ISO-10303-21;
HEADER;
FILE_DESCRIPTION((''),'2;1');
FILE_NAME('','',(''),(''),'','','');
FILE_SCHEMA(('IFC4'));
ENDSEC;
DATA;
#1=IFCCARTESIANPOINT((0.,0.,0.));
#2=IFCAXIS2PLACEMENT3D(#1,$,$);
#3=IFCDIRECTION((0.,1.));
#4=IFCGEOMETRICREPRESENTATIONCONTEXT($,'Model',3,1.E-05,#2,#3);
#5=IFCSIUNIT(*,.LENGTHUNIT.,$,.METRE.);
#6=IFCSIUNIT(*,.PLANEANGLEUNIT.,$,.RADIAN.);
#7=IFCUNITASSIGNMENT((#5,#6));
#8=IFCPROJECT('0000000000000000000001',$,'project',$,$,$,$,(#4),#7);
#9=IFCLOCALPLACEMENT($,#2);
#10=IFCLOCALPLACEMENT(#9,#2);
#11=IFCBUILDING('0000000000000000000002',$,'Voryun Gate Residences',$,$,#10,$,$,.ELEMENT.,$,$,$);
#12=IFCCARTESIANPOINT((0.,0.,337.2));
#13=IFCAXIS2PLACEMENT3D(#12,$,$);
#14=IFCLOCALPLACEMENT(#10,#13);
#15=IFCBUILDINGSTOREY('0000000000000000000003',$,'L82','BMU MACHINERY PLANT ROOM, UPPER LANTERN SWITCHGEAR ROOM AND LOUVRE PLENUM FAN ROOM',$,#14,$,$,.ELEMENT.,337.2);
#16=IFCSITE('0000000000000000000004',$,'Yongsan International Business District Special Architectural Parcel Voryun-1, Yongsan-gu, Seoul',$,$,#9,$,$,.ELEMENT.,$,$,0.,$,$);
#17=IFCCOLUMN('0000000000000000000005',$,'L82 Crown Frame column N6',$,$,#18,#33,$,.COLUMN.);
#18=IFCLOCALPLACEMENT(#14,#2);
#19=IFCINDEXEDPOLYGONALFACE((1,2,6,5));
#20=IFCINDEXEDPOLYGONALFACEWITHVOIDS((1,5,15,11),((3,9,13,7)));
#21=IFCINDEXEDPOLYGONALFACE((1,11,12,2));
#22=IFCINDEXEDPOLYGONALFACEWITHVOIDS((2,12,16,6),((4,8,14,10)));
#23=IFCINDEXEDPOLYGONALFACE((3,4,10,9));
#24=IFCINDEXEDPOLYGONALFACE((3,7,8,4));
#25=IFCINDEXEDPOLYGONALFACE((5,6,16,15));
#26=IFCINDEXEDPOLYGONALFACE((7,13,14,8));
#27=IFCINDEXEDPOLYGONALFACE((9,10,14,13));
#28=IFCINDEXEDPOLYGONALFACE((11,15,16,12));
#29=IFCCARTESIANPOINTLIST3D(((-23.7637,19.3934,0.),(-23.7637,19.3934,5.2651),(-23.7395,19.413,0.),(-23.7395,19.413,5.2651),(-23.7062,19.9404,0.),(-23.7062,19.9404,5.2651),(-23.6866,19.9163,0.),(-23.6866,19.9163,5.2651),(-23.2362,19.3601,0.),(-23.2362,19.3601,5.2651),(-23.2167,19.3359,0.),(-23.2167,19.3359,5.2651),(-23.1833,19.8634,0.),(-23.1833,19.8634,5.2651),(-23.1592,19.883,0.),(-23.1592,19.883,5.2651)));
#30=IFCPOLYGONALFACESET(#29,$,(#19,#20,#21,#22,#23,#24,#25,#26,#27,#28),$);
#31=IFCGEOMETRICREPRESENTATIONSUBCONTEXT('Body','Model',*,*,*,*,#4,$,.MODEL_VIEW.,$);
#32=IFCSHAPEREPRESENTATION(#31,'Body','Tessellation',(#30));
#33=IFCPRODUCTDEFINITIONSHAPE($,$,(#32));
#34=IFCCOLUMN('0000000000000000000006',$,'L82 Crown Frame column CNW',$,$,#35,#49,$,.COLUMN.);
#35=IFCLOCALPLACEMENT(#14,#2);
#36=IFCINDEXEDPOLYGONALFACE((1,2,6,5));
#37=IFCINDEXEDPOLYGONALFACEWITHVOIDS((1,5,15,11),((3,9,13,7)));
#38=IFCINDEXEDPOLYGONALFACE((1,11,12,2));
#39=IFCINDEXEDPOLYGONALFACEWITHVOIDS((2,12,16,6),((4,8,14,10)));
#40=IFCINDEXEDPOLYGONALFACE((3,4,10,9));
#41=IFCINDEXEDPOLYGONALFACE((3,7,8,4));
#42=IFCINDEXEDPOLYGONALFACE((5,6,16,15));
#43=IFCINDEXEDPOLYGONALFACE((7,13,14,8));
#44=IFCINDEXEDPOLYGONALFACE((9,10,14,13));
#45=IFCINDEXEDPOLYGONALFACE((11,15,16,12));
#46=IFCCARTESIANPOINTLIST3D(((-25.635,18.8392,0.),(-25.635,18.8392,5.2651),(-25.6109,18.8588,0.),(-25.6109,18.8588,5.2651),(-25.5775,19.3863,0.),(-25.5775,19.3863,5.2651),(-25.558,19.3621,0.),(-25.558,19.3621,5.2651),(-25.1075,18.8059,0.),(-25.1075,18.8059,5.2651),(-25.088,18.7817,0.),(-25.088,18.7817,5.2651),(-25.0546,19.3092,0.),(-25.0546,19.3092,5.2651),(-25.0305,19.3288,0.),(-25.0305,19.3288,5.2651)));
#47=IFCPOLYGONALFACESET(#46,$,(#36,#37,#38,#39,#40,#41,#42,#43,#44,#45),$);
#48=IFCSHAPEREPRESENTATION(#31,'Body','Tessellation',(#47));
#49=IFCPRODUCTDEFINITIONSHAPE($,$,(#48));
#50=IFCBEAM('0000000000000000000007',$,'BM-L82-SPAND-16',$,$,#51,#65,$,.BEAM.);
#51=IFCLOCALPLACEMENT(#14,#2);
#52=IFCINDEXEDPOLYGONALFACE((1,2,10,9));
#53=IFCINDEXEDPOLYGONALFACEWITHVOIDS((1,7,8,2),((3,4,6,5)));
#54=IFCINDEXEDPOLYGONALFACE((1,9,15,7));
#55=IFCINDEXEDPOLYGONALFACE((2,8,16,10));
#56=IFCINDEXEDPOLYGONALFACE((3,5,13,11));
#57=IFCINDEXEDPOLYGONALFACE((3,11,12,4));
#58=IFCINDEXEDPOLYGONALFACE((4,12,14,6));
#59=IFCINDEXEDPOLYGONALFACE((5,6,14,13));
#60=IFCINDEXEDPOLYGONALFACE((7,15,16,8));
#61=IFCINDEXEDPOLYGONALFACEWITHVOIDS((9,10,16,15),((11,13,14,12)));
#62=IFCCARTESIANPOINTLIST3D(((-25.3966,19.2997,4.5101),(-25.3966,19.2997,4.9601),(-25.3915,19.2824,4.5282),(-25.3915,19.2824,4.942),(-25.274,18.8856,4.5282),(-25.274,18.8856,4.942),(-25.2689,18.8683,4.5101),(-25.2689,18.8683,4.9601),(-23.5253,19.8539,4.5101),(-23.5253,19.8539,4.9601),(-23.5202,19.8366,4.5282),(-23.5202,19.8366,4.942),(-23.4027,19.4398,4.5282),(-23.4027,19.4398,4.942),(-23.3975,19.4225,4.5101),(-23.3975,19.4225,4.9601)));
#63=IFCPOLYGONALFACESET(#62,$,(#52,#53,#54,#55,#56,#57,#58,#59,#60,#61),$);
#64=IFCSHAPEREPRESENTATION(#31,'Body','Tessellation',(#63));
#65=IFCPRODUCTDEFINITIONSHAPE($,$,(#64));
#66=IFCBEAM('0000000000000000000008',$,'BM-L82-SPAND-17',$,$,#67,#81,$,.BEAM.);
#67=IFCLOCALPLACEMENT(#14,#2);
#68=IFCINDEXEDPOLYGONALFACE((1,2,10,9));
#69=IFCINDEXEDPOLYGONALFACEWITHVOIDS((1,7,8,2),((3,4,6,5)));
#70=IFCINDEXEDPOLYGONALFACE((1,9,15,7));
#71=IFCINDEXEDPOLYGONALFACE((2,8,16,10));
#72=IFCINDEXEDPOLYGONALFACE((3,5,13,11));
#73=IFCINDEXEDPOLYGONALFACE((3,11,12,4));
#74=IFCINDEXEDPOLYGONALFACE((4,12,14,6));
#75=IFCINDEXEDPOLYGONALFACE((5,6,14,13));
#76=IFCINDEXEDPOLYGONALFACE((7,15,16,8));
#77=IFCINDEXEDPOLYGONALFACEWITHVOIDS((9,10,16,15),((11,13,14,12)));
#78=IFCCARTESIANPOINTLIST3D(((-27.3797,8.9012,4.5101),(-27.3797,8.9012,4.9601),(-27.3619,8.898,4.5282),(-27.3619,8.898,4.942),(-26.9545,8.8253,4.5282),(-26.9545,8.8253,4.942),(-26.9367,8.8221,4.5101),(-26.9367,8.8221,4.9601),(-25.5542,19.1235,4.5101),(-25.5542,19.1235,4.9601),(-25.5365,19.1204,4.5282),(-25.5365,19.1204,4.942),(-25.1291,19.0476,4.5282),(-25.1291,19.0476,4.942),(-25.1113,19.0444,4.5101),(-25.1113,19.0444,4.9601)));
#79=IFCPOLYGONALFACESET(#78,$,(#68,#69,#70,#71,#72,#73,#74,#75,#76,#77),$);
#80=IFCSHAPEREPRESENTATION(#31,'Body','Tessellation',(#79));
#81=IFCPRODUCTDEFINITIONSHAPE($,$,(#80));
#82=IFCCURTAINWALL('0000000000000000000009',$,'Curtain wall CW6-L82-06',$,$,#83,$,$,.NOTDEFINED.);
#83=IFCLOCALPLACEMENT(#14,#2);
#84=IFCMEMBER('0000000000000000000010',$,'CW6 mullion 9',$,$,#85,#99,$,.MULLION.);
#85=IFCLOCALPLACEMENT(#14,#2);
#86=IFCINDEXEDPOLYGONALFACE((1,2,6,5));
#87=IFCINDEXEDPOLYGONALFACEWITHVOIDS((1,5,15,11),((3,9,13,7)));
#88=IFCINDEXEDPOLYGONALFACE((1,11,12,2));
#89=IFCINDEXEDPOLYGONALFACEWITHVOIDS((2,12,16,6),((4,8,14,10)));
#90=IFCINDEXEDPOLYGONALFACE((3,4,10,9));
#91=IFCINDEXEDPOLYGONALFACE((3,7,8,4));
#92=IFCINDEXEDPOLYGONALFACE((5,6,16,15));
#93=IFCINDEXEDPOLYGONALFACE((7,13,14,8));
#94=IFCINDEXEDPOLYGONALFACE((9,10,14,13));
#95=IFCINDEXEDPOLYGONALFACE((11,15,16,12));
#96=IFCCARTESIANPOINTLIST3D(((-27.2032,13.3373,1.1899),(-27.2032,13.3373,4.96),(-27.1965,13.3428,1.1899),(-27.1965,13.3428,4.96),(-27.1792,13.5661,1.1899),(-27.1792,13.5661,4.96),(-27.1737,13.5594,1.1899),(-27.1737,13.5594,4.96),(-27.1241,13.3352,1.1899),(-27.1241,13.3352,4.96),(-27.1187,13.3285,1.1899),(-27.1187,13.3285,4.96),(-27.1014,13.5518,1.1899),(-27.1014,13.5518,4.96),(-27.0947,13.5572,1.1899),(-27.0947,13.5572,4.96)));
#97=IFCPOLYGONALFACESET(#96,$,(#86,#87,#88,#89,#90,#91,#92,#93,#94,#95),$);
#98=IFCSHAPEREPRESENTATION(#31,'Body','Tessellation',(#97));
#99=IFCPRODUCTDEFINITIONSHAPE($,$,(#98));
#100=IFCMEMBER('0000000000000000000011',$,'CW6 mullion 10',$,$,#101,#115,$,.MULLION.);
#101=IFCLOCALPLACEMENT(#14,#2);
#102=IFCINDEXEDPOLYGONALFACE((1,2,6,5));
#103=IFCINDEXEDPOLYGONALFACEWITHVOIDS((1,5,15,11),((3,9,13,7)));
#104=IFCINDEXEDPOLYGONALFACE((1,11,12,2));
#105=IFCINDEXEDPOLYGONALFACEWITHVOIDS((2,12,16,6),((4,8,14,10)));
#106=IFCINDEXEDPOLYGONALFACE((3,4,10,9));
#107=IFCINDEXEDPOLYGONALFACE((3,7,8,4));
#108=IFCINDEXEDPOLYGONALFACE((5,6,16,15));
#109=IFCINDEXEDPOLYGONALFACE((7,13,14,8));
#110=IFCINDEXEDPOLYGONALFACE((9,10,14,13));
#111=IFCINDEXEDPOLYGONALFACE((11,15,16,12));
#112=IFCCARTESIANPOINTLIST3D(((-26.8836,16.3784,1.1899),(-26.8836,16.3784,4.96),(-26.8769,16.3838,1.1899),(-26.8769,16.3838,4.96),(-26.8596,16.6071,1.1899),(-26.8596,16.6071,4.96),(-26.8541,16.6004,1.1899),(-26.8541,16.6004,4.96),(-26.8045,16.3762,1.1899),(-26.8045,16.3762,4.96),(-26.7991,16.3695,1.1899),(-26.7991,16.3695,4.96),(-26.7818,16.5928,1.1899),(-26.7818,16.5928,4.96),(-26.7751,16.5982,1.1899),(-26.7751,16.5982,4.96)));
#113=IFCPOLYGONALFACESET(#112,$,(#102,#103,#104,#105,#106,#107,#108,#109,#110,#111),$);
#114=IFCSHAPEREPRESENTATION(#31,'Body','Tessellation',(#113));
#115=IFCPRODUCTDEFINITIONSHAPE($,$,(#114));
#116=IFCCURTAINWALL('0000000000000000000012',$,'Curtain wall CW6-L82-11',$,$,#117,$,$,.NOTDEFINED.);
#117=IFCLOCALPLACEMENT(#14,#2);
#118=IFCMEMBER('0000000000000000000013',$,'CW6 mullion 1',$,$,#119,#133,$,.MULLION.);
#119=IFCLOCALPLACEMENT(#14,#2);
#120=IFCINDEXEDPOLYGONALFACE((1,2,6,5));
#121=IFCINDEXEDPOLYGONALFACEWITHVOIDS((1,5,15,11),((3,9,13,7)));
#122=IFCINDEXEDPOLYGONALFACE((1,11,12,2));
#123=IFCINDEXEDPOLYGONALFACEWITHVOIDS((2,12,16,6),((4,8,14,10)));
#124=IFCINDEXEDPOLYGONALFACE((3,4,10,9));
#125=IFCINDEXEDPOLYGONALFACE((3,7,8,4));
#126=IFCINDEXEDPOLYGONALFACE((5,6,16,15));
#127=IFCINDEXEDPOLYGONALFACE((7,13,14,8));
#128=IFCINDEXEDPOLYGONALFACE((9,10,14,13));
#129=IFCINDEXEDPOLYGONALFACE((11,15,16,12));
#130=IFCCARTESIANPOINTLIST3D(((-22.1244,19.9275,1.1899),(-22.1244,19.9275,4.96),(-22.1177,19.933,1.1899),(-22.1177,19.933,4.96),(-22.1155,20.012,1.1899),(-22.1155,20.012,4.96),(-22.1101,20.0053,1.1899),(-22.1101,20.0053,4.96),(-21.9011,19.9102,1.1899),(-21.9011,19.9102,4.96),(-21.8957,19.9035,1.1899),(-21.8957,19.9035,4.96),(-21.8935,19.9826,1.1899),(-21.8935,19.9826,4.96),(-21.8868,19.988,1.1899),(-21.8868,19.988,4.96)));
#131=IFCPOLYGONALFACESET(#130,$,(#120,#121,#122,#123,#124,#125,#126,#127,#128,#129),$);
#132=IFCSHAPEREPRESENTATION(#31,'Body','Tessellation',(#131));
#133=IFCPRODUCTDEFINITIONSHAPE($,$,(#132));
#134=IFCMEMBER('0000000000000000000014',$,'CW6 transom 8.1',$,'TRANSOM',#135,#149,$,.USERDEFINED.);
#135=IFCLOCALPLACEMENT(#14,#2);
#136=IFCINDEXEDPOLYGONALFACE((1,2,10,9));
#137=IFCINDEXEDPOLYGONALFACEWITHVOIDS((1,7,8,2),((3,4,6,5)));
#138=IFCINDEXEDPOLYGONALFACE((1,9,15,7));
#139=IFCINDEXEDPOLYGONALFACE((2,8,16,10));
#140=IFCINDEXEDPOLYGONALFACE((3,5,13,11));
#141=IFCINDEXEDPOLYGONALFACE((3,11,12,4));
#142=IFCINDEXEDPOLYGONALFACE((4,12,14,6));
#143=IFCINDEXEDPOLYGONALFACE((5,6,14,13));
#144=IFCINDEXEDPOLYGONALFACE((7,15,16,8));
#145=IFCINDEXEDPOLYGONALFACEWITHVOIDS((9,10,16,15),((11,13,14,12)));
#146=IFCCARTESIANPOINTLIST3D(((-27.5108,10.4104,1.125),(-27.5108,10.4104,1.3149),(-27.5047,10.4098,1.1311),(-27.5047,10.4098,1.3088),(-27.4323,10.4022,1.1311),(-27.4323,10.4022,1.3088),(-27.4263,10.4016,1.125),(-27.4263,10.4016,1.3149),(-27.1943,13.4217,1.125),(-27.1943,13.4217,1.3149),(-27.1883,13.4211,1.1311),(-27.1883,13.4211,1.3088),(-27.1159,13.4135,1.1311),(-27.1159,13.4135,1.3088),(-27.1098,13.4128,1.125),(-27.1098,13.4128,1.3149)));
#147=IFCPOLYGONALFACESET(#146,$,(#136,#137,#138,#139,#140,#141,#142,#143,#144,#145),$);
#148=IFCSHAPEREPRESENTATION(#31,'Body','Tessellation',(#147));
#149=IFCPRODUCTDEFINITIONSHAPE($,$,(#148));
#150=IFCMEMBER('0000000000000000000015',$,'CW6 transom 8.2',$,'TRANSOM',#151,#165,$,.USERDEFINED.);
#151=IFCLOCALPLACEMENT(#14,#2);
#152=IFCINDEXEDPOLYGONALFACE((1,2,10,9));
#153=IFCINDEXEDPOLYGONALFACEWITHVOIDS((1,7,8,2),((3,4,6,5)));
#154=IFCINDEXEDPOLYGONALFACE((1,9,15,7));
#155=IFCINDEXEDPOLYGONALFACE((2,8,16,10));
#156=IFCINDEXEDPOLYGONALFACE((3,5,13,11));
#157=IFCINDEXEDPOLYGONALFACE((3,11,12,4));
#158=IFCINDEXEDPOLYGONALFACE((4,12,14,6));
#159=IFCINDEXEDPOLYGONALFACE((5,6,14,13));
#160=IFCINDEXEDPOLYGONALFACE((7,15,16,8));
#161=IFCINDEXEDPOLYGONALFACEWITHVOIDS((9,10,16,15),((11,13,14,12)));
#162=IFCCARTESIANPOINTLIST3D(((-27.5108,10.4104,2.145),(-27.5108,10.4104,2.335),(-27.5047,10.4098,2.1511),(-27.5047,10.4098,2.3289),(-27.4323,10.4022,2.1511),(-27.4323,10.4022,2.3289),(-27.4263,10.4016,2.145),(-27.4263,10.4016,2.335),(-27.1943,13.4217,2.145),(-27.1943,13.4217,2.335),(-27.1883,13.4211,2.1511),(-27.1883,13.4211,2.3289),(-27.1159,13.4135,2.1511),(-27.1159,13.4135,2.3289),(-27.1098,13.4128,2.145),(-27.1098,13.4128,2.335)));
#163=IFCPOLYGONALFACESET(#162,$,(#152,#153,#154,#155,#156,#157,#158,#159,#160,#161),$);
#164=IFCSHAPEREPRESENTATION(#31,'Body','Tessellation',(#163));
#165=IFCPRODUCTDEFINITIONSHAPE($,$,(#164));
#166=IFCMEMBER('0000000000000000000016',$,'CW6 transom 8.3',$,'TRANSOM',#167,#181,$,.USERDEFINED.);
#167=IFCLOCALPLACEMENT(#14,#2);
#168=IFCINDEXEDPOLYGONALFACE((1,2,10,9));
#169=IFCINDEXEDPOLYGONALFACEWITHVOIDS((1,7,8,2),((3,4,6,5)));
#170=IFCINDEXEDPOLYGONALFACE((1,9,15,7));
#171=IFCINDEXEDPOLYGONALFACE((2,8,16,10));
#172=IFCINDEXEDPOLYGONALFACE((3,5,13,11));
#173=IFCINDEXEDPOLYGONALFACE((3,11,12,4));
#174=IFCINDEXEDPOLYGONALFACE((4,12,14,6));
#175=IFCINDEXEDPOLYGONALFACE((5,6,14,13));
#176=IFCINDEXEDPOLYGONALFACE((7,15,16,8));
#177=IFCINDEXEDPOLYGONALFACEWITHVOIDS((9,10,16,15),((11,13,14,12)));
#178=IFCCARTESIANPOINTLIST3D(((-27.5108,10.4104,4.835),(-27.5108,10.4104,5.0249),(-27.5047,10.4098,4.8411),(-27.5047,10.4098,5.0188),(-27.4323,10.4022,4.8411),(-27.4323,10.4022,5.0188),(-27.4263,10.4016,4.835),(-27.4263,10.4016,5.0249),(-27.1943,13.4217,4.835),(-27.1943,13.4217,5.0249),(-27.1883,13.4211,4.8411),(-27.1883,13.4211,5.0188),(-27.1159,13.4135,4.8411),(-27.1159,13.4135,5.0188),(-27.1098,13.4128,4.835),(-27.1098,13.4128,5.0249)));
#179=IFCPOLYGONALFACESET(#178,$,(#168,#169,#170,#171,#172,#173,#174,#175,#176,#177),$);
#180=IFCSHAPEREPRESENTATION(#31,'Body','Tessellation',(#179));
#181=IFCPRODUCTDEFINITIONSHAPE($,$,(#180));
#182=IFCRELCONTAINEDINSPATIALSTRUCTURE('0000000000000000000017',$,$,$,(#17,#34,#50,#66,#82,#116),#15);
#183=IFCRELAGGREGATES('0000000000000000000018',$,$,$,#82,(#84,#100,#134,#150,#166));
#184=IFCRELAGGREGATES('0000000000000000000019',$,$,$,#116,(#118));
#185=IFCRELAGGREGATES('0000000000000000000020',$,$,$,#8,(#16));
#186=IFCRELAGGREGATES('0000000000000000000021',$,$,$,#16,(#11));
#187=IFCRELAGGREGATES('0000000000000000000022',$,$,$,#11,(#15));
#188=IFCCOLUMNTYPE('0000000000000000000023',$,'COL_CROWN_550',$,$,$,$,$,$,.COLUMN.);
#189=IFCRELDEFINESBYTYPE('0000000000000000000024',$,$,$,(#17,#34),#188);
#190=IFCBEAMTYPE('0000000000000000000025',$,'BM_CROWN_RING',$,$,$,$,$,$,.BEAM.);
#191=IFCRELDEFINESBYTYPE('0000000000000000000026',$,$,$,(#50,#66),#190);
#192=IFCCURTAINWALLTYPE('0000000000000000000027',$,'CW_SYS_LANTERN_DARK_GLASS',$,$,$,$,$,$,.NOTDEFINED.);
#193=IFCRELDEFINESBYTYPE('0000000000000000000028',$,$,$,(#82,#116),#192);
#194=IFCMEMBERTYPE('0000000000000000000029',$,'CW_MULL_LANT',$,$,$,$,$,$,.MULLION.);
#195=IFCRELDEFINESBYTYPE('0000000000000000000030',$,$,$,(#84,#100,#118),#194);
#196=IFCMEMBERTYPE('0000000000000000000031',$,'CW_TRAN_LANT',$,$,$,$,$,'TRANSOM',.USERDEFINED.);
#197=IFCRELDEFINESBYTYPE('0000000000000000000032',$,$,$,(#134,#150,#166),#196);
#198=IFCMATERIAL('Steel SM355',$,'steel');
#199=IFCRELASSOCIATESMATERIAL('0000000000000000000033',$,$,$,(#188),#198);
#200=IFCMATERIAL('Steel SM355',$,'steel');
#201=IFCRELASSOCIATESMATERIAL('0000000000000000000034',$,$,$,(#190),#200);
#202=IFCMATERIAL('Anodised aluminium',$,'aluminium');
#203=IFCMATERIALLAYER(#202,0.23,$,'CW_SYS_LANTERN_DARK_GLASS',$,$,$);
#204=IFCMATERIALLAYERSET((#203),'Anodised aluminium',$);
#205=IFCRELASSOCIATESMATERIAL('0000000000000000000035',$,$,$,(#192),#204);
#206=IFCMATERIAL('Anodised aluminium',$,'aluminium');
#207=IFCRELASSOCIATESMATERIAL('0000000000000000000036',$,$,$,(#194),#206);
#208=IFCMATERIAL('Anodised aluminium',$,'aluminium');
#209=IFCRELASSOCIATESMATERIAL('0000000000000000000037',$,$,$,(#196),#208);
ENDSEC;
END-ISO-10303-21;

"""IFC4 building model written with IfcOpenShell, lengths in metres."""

from ifc_helpers import new_model, si_unit, direction, frame, origin, origin_2d, place, context, subcontext, project, spatial, hollow_rectangle, extrude, material, layer, layer_set, material_profile, profile_set, type_object, element, aggregate, save


model = new_model("IFC4")

# Units and contexts
model_context = context("Model", 3, precision=1e-05, world=origin(), true_north=direction((0.0, 1.0)))
body_context = subcontext(model_context, "Body", "Model", "MODEL_VIEW")
ifc_project = project(units=[si_unit("LENGTHUNIT", "METRE"), si_unit("PLANEANGLEUNIT", "RADIAN")], contexts=[model_context])

# Site, building, storey
site_placement = place(None, origin())
site = spatial("IfcSite", under=ifc_project, at=site_placement, Name="Yongsan International Business District Special Architectural Parcel Voryun-1, Yongsan-gu, Seoul", CompositionType="ELEMENT", RefElevation=0.0)
building_placement = place(site_placement, origin())
building = spatial("IfcBuilding", under=site, at=building_placement, Name="Voryun Gate Residences", CompositionType="ELEMENT")
storey_placement = place(building_placement, frame((0.0, 0.0, 337.2)))
storey = spatial("IfcBuildingStorey", under=building, at=storey_placement, Name="L82", Description="BMU MACHINERY PLANT ROOM, UPPER LANTERN SWITCHGEAR ROOM AND LOUVRE PLENUM FAN ROOM", CompositionType="ELEMENT", Elevation=337.2)

# Columns
ifc_material_1 = material(Name="Steel SM355", Category="steel")
ifc_material_profile_1 = material_profile(ifc_material_1, hollow_rectangle(XDim=0.55, YDim=0.55, WallThickness=0.022, at=origin_2d()), Name="BOX-550x550x22")
ifc_profile_set_1 = profile_set([ifc_material_profile_1], Name="Steel SM355")
column_type = type_object("IfcColumnType", Name="COL_CROWN_550", PredefinedType="COLUMN", material=ifc_profile_set_1)
for number, where, z_axis, x_axis, name in (
    (1, (-23.4614, 19.6382, 0.0), (0.0, 0.0, 1.0), (0.994522, -0.104528, 0.0), "L82 Crown Frame column N6"),
    (2, (-25.3328, 19.084, 0.0), (0.0, 0.0, 1.0), (0.994522, -0.104528, 0.0), "L82 Crown Frame column CNW"),
):
    element("IfcColumn", number, at=place(storey_placement, frame(where, z_axis=z_axis, x_axis=x_axis)), inside=storey, type_object=column_type, Name=name, PredefinedType="COLUMN", context=body_context, shape_type="SweptSolid", body=[
        extrude(hollow_rectangle(XDim=0.55, YDim=0.55, WallThickness=0.022, at=origin_2d()), origin(), (0.0, 0.0, 1.0), 5.2651),
    ])

# Beams
ifc_material_2 = material(Name="Steel SM355", Category="steel")
ifc_material_profile_2 = material_profile(ifc_material_2, hollow_rectangle(XDim=0.45, YDim=0.45, WallThickness=0.0181, at=origin_2d()), Name="BOX-450x450x18")
ifc_profile_set_2 = profile_set([ifc_material_profile_2], Name="Steel SM355")
beam_type = type_object("IfcBeamType", Name="BM_CROWN_RING", PredefinedType="BEAM", material=ifc_profile_set_2)
beam_1_placement = place(storey_placement, frame((-23.4614, 19.6382, 4.7351), z_axis=(-0.958836, -0.283961, 0.0), x_axis=(0.283961, -0.958836, 0.0)))
element("IfcBeam", 3, at=beam_1_placement, inside=storey, type_object=beam_type, Name="BM-L82-SPAND-16", PredefinedType="BEAM", context=body_context, shape_type="SweptSolid", body=[
    extrude(hollow_rectangle(XDim=0.45, YDim=0.45, WallThickness=0.0181, at=origin_2d()), origin(), (0.0, 0.0, 1.0), 1.9517),
])
beam_2_placement = place(storey_placement, frame((-25.3328, 19.084, 4.7351), z_axis=(-0.175791, -0.984427, 0.0), x_axis=(0.984427, -0.175791, 0.0)))
element("IfcBeam", 4, at=beam_2_placement, inside=storey, type_object=beam_type, Name="BM-L82-SPAND-17", PredefinedType="BEAM", context=body_context, shape_type="SweptSolid", body=[
    extrude(hollow_rectangle(XDim=0.45, YDim=0.45, WallThickness=0.0181, at=origin_2d()), origin(), (0.0, 0.0, 1.0), 10.384),
])

# Curtain wall, members
ifc_material_3 = material(Name="Anodised aluminium", Category="aluminium")
ifc_layer_1 = layer(ifc_material_3, 0.23, Name="CW_SYS_LANTERN_DARK_GLASS")
ifc_layer_set_1 = layer_set([ifc_layer_1], Name="Anodised aluminium")
curtain_wall_type = type_object("IfcCurtainWallType", Name="CW_SYS_LANTERN_DARK_GLASS", PredefinedType="NOTDEFINED", material=ifc_layer_set_1)
curtain_wall_1_placement = place(storey_placement, origin())
curtain_wall_1 = element("IfcCurtainWall", 5, at=curtain_wall_1_placement, inside=storey, type_object=curtain_wall_type, Name="Curtain wall CW6-L82-06", PredefinedType="NOTDEFINED")
ifc_material_4 = material(Name="Anodised aluminium", Category="aluminium")
ifc_material_profile_3 = material_profile(ifc_material_4, hollow_rectangle(XDim=0.085, YDim=0.23, WallThickness=0.0061, at=origin_2d()), Name="ALU-MULL-230x85x6")
ifc_profile_set_3 = profile_set([ifc_material_profile_3], Name="Anodised aluminium")
member_type_1 = type_object("IfcMemberType", Name="CW_MULL_LANT", PredefinedType="MULLION", material=ifc_profile_set_3)
member_1_placement = place(storey_placement, frame((-27.1489, 13.4473, 1.1899), z_axis=(0.0, 0.0, 1.0), x_axis=(-0.994522, 0.104528, 0.0)))
member_1 = element("IfcMember", 6, at=member_1_placement, type_object=member_type_1, Name="CW6 mullion 9", PredefinedType="MULLION", context=body_context, shape_type="SweptSolid", body=[
    extrude(hollow_rectangle(XDim=0.085, YDim=0.23, WallThickness=0.0061, at=origin_2d()), origin(), (0.0, 0.0, 1.0), 3.77),
])
member_2_placement = place(storey_placement, frame((-26.8293, 16.4883, 1.1899), z_axis=(0.0, 0.0, 1.0), x_axis=(-0.994522, 0.104528, 0.0)))
member_2 = element("IfcMember", 7, at=member_2_placement, type_object=member_type_1, Name="CW6 mullion 10", PredefinedType="MULLION", context=body_context, shape_type="SweptSolid", body=[
    extrude(hollow_rectangle(XDim=0.085, YDim=0.23, WallThickness=0.0061, at=origin_2d()), origin(), (0.0, 0.0, 1.0), 3.77),
])

# Curtain wall, member
curtain_wall_2_placement = place(storey_placement, origin())
curtain_wall_2 = element("IfcCurtainWall", 8, at=curtain_wall_2_placement, inside=storey, type_object=curtain_wall_type, Name="Curtain wall CW6-L82-11", PredefinedType="NOTDEFINED")
member_3_placement = place(storey_placement, frame((-22.0056, 19.9578, 1.1899), z_axis=(0.0, 0.0, 1.0), x_axis=(0.104528, 0.994522, 0.0)))
member_3 = element("IfcMember", 9, at=member_3_placement, type_object=member_type_1, Name="CW6 mullion 1", PredefinedType="MULLION", context=body_context, shape_type="SweptSolid", body=[
    extrude(hollow_rectangle(XDim=0.085, YDim=0.23, WallThickness=0.0061, at=origin_2d()), origin(), (0.0, 0.0, 1.0), 3.77),
])

# Members
ifc_material_5 = material(Name="Anodised aluminium", Category="aluminium")
ifc_material_profile_4 = material_profile(ifc_material_5, hollow_rectangle(XDim=0.085, YDim=0.1899, WallThickness=0.0061, at=origin_2d()), Name="ALU-TRAN-190x85x6")
ifc_profile_set_4 = profile_set([ifc_material_profile_4], Name="Anodised aluminium")
member_type_2 = type_object("IfcMemberType", Name="CW_TRAN_LANT", ElementType="TRANSOM", PredefinedType="USERDEFINED", material=ifc_profile_set_4)
member_4_placement = place(storey_placement, frame((-27.4685, 10.406, 1.22), z_axis=(0.1045, 0.994525, 0.0), x_axis=(-0.994525, 0.1045, 0.0)))
member_4 = element("IfcMember", 10, at=member_4_placement, type_object=member_type_2, Name="CW6 transom 8.1", ObjectType="TRANSOM", PredefinedType="USERDEFINED", context=body_context, shape_type="SweptSolid", body=[
    extrude(hollow_rectangle(XDim=0.085, YDim=0.1899, WallThickness=0.0061, at=origin_2d()), origin(), (0.0, 0.0, 1.0), 3.0278),
])
member_5_placement = place(storey_placement, frame((-27.4685, 10.406, 2.24), z_axis=(0.1045, 0.994525, 0.0), x_axis=(-0.994525, 0.1045, 0.0)))
member_5 = element("IfcMember", 11, at=member_5_placement, type_object=member_type_2, Name="CW6 transom 8.2", ObjectType="TRANSOM", PredefinedType="USERDEFINED", context=body_context, shape_type="SweptSolid", body=[
    extrude(hollow_rectangle(XDim=0.085, YDim=0.1899, WallThickness=0.0061, at=origin_2d()), origin(), (0.0, 0.0, 1.0), 3.0278),
])
member_6_placement = place(storey_placement, frame((-27.4685, 10.406, 4.9299), z_axis=(0.1045, 0.994525, 0.0), x_axis=(-0.994525, 0.1045, 0.0)))
member_6 = element("IfcMember", 12, at=member_6_placement, type_object=member_type_2, Name="CW6 transom 8.3", ObjectType="TRANSOM", PredefinedType="USERDEFINED", context=body_context, shape_type="SweptSolid", body=[
    extrude(hollow_rectangle(XDim=0.085, YDim=0.1899, WallThickness=0.0061, at=origin_2d()), origin(), (0.0, 0.0, 1.0), 3.0278),
])

aggregate(curtain_wall_1, [member_1, member_2, member_4, member_5, member_6])
aggregate(curtain_wall_2, [member_3])

save(model, "model.ifc")
